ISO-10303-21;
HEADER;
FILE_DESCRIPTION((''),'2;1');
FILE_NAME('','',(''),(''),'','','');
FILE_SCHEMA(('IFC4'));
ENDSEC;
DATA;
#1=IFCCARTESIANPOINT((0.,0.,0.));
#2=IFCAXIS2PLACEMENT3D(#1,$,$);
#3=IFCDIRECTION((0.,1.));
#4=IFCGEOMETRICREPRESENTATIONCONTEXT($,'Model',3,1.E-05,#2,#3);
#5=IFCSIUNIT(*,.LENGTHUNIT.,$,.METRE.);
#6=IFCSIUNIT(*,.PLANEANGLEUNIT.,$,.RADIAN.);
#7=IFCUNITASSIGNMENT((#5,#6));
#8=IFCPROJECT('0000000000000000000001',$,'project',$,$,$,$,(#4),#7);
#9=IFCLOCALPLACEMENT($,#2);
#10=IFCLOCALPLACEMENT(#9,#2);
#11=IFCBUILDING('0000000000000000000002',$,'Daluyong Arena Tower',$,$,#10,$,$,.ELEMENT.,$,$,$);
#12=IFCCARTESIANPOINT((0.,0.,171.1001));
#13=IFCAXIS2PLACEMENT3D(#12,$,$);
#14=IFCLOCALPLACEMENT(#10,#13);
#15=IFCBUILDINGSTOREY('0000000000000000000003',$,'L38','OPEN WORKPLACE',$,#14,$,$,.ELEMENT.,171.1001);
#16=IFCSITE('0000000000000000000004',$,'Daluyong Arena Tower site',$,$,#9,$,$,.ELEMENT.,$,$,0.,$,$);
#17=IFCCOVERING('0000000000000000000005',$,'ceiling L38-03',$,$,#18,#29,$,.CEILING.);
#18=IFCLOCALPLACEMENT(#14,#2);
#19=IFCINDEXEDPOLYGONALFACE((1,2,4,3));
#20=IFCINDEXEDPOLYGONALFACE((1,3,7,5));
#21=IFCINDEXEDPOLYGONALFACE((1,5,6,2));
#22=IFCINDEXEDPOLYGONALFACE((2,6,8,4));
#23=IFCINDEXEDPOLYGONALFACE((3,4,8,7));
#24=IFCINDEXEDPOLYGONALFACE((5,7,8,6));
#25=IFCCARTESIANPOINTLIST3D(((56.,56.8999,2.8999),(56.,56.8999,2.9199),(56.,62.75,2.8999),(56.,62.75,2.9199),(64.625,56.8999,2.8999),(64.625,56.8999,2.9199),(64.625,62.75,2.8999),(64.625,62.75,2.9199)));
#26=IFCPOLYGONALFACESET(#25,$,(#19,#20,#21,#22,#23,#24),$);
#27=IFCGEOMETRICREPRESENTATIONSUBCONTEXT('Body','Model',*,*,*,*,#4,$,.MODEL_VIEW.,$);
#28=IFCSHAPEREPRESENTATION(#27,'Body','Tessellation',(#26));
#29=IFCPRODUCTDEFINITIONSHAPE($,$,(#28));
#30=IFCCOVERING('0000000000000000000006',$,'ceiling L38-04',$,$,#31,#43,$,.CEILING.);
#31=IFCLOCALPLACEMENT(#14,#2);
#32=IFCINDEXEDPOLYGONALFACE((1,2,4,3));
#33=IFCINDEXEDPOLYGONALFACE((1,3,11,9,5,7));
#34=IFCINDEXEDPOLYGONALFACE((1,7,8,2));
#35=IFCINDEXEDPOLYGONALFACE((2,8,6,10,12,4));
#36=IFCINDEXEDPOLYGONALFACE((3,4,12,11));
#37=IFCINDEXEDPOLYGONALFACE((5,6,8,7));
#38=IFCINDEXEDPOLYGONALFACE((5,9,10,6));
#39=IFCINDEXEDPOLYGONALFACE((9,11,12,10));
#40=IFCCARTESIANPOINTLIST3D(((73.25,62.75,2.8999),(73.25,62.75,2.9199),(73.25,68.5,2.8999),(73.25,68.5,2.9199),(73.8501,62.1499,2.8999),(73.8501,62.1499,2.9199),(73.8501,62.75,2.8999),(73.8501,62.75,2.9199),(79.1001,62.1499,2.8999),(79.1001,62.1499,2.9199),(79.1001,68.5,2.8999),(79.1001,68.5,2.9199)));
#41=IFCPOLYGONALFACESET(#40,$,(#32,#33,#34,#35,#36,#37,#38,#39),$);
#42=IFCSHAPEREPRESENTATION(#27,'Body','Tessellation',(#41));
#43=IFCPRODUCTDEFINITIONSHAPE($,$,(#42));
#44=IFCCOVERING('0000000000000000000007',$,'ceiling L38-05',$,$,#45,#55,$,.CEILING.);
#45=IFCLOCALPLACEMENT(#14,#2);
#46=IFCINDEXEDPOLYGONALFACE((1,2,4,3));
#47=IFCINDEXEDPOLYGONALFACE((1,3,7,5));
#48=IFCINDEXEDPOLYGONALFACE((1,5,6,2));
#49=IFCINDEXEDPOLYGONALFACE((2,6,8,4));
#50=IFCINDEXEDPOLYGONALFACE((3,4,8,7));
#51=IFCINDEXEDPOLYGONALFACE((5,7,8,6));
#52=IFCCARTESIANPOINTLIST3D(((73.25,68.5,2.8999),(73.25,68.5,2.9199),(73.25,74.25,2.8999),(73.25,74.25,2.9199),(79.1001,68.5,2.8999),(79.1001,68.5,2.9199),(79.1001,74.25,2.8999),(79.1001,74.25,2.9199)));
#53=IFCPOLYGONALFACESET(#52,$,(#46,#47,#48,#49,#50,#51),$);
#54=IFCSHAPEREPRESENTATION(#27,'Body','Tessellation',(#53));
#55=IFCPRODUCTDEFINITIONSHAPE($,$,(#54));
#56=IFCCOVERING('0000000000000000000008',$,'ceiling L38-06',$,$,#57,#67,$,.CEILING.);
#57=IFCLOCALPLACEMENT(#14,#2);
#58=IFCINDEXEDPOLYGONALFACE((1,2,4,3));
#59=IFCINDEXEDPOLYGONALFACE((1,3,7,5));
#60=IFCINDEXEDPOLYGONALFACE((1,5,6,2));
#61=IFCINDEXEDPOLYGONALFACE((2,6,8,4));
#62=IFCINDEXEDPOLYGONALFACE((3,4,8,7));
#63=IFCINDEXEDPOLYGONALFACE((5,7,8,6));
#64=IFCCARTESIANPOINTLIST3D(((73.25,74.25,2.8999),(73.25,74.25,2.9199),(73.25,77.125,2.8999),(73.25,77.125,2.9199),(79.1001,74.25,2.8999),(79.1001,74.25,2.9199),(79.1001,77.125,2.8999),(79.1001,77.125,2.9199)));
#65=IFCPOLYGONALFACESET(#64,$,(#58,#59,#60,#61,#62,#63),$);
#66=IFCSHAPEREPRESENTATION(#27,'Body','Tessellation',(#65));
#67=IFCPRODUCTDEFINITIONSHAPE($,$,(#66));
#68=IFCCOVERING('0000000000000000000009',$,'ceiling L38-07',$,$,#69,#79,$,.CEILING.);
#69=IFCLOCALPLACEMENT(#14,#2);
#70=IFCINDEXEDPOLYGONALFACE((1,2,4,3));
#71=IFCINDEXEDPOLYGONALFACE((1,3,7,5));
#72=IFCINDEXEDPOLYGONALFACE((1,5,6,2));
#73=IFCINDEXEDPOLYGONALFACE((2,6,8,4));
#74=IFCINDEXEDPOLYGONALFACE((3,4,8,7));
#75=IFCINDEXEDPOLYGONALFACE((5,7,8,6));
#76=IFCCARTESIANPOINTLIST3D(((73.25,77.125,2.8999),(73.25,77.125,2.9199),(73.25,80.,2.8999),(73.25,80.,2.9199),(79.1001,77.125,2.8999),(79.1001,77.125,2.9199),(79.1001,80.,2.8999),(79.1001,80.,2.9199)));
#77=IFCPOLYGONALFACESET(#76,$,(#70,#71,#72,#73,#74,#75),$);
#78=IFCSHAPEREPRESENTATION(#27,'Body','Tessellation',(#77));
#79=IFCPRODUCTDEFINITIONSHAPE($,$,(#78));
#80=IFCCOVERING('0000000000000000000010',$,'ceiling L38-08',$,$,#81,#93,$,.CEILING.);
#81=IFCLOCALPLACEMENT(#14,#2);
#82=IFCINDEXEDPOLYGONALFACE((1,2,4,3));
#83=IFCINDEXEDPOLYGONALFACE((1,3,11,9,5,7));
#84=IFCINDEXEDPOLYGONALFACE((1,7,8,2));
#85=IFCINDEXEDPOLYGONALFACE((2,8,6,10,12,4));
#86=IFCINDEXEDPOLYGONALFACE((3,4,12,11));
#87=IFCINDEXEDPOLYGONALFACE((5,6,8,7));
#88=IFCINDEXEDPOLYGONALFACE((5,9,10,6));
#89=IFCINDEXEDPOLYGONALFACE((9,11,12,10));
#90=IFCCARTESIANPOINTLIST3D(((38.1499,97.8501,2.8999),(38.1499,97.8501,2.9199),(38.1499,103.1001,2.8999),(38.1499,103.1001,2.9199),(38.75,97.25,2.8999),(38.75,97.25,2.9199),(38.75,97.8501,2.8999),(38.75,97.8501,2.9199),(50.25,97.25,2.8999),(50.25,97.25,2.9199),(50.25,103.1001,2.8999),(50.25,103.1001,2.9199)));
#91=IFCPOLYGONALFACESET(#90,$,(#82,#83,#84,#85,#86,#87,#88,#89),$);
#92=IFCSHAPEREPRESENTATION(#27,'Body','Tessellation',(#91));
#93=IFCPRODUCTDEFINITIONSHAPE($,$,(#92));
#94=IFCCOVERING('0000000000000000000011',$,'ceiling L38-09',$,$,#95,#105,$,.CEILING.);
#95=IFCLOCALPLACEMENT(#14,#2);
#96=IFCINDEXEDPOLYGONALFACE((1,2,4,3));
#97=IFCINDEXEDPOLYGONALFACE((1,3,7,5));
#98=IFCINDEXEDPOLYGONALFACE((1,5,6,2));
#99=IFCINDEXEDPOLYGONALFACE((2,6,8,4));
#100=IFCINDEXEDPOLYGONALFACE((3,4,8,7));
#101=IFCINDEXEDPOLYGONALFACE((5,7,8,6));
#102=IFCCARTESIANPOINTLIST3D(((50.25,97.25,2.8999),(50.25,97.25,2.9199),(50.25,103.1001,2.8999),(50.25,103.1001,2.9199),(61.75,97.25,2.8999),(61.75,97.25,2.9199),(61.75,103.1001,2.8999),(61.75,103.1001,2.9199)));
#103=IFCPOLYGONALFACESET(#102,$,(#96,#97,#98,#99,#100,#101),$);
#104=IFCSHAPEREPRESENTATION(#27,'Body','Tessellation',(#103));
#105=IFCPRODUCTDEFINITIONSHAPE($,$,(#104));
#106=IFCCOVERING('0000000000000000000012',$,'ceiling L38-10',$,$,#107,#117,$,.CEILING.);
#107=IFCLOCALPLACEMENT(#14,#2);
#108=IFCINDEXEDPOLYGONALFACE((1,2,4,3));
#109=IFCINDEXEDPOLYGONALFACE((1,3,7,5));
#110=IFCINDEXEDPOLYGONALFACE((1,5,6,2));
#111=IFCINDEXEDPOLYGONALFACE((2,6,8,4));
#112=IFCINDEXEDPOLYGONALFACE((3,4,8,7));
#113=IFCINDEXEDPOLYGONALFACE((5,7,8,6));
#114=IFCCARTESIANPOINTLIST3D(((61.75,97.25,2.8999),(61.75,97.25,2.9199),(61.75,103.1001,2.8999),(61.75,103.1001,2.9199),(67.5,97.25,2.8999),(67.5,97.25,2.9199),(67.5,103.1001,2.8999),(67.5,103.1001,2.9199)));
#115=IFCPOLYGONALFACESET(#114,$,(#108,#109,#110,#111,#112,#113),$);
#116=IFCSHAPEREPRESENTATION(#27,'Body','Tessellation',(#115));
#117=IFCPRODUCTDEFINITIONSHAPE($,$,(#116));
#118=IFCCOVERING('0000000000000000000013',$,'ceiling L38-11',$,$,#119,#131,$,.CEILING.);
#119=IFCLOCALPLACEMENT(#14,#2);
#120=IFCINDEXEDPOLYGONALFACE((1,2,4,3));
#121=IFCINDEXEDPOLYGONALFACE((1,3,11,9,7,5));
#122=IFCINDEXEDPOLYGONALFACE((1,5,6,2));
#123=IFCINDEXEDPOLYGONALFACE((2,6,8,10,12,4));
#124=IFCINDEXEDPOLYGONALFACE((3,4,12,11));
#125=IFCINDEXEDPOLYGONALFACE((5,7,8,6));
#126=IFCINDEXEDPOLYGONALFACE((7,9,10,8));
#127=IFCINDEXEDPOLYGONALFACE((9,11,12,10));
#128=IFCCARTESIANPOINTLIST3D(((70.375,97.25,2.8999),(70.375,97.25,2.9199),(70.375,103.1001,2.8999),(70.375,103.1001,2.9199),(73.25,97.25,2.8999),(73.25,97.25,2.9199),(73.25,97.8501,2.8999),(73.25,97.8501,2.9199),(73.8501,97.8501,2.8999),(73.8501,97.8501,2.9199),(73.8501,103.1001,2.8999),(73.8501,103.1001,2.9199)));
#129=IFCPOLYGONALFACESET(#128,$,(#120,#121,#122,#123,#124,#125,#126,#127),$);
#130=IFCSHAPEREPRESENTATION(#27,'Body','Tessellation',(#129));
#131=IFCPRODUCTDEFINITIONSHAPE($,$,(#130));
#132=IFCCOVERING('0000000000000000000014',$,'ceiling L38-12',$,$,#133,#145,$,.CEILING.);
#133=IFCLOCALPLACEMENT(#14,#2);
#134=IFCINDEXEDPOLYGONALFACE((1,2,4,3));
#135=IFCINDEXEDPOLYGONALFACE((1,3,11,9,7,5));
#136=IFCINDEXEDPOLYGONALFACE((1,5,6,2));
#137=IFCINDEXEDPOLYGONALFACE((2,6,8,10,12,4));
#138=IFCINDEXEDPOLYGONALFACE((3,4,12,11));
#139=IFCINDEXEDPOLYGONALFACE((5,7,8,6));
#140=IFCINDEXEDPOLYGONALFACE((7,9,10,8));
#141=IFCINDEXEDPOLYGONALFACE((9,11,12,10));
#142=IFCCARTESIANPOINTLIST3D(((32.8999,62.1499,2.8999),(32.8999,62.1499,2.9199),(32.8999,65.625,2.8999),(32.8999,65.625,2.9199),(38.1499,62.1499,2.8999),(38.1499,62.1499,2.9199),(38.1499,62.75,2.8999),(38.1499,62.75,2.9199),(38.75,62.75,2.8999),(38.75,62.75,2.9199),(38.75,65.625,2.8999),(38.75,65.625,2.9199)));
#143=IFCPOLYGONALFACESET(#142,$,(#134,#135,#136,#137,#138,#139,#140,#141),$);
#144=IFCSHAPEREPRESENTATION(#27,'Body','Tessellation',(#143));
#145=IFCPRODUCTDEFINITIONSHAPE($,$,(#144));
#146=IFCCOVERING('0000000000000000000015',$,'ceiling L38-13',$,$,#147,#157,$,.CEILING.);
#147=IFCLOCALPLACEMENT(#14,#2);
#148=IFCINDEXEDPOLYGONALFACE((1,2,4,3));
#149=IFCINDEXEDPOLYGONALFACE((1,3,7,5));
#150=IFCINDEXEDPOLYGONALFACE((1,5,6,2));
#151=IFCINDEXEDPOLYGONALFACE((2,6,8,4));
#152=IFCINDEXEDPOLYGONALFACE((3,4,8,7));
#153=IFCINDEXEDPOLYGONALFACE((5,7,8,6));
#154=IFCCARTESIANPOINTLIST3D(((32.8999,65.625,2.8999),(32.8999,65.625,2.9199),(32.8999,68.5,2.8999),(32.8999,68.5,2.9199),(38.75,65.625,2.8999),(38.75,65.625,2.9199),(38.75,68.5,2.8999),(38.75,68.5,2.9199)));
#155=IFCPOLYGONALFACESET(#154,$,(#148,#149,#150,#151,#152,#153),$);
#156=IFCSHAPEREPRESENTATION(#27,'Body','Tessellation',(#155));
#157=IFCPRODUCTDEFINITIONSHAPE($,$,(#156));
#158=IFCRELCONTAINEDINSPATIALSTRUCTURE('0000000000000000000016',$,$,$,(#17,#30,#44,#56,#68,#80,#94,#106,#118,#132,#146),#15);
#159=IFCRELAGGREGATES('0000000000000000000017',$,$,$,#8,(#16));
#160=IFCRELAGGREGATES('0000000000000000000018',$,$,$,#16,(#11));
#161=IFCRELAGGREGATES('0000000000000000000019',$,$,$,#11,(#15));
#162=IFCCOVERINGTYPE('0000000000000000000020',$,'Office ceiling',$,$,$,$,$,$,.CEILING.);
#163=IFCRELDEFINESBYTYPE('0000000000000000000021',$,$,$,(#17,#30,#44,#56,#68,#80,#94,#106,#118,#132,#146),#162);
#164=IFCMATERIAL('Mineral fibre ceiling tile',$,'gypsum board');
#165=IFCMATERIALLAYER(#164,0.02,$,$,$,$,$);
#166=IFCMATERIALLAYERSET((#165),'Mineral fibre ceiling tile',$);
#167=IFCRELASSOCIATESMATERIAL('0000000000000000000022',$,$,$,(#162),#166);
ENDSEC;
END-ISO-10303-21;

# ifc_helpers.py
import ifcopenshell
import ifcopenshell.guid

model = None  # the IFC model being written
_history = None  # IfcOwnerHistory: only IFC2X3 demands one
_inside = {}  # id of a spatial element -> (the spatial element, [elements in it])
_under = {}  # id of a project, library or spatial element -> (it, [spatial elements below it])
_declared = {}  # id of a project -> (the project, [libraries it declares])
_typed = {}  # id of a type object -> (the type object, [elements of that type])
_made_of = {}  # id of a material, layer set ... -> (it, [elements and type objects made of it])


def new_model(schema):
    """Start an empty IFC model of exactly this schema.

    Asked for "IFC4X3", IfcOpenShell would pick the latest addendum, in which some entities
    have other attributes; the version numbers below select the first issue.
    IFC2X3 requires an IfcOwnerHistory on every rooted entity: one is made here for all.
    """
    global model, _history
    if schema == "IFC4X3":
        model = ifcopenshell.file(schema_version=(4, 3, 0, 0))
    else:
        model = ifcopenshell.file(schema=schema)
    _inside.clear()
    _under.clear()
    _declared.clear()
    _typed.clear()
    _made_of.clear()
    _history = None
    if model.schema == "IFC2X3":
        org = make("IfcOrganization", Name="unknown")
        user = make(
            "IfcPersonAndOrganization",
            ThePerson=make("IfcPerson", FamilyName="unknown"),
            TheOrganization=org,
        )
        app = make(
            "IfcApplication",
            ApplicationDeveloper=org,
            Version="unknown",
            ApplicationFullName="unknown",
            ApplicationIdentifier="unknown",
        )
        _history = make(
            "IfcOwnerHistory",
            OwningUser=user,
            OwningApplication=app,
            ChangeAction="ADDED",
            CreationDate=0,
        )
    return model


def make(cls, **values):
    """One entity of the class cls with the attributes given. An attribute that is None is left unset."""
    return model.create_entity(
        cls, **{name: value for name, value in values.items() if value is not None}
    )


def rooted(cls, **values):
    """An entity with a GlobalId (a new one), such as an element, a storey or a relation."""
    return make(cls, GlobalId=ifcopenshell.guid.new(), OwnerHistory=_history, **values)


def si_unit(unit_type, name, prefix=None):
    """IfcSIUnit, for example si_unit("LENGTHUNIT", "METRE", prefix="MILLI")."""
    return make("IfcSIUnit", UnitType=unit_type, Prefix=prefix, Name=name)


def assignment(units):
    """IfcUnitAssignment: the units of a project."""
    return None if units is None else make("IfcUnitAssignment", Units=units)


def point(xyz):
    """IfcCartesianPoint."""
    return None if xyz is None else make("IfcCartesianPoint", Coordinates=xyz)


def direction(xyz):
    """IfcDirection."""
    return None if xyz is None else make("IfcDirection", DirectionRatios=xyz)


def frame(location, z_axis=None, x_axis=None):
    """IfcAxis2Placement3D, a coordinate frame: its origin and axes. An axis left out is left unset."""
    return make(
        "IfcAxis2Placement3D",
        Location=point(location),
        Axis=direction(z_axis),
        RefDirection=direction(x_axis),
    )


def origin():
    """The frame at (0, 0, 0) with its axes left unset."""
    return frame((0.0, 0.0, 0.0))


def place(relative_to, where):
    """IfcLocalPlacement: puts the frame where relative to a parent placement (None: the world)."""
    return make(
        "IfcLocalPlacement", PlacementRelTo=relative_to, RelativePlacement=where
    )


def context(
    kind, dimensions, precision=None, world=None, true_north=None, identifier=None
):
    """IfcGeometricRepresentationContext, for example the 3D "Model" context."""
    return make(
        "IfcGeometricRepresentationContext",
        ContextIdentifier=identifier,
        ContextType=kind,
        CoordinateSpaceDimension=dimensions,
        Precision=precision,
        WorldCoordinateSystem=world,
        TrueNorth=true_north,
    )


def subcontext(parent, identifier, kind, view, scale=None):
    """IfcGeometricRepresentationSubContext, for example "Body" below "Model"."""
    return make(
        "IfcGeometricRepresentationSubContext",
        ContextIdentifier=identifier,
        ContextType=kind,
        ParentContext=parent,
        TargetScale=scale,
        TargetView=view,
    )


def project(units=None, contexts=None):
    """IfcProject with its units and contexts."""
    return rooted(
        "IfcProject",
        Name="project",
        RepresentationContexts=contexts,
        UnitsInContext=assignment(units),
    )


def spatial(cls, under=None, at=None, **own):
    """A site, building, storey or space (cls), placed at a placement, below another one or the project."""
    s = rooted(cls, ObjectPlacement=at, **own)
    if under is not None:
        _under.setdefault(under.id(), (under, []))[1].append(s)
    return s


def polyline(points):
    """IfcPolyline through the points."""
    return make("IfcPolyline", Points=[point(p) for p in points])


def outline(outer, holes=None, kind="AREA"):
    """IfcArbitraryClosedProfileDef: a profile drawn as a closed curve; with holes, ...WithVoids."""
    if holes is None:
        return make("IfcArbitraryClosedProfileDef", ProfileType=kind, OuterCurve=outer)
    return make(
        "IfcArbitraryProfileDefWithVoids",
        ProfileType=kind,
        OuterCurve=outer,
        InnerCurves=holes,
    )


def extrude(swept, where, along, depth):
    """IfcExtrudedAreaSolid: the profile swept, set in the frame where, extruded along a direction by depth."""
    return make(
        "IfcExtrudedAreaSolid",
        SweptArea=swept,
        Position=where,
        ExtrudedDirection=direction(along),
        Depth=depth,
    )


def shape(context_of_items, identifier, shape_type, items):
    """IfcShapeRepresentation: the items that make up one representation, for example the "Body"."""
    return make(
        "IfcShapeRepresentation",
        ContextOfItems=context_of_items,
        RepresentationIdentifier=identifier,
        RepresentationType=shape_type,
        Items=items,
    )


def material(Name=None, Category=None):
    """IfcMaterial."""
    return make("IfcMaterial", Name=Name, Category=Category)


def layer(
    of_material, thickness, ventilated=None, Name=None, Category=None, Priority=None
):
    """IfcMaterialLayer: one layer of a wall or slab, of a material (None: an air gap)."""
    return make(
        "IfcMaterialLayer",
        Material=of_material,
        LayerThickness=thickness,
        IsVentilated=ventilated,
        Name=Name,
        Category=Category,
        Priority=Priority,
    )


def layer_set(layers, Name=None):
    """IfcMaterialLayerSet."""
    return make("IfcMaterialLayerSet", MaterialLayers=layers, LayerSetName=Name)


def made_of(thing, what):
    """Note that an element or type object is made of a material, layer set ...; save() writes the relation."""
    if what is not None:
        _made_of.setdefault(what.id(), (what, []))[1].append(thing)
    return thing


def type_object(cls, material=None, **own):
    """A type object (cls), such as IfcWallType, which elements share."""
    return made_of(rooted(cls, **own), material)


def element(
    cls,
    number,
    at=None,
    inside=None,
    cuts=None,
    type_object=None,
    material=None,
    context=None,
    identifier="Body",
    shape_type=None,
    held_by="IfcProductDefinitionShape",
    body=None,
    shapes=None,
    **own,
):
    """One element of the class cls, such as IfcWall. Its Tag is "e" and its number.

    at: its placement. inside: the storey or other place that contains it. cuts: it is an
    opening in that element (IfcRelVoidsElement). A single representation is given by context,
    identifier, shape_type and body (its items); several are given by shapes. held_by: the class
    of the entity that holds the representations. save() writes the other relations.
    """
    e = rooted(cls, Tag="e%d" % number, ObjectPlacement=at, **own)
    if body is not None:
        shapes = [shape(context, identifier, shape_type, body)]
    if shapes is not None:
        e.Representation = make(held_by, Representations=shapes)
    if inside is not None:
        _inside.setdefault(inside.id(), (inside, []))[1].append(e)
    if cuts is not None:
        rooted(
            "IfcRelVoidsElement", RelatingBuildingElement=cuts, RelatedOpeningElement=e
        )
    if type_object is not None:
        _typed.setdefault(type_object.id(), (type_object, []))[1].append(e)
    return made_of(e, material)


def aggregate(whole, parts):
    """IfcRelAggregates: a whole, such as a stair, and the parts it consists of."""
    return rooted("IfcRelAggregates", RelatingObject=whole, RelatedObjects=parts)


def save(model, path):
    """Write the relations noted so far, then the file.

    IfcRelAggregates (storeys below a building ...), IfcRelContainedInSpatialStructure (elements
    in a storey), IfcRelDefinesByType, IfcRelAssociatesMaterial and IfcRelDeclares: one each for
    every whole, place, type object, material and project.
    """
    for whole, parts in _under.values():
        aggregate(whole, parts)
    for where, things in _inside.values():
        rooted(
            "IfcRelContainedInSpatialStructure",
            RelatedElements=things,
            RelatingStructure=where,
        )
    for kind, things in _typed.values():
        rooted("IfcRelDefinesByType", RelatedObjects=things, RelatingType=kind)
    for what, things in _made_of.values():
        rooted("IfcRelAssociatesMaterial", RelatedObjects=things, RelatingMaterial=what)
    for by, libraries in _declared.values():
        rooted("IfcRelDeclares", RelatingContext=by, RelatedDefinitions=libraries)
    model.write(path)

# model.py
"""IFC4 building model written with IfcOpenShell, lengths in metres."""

from ifc_helpers import new_model, si_unit, direction, frame, origin, place, context, subcontext, project, spatial, polyline, outline, extrude, material, layer, layer_set, type_object, element, save


model = new_model("IFC4")

# Units and contexts
model_context = context("Model", 3, precision=1e-05, world=origin(), true_north=direction((0.0, 1.0)))
body_context = subcontext(model_context, "Body", "Model", "MODEL_VIEW")
ifc_project = project(units=[si_unit("LENGTHUNIT", "METRE"), si_unit("PLANEANGLEUNIT", "RADIAN")], contexts=[model_context])

# Site, building, storey
site_placement = place(None, origin())
site = spatial("IfcSite", under=ifc_project, at=site_placement, Name="Daluyong Arena Tower site", CompositionType="ELEMENT", RefElevation=0.0)
building_placement = place(site_placement, origin())
building = spatial("IfcBuilding", under=site, at=building_placement, Name="Daluyong Arena Tower", CompositionType="ELEMENT")
storey_placement = place(building_placement, frame((0.0, 0.0, 171.1001)))
storey = spatial("IfcBuildingStorey", under=building, at=storey_placement, Name="L38", Description="OPEN WORKPLACE", CompositionType="ELEMENT", Elevation=171.1001)

# Coverings
ifc_material_1 = material(Name="Mineral fibre ceiling tile", Category="gypsum board")
ifc_layer_1 = layer(ifc_material_1, 0.02)
ifc_layer_set_1 = layer_set([ifc_layer_1], Name="Mineral fibre ceiling tile")
covering_type = type_object("IfcCoveringType", Name="Office ceiling", PredefinedType="CEILING", material=ifc_layer_set_1)
covering_1_placement = place(storey_placement, frame((0.0, 0.0, 2.8999)))
element("IfcCovering", 1, at=covering_1_placement, inside=storey, type_object=covering_type, Name="ceiling L38-03", PredefinedType="CEILING", context=body_context, shape_type="SweptSolid", body=[
    extrude(outline(polyline([(56.0, 62.75), (56.0, 56.8999), (64.625, 56.8999), (64.625, 62.75), (56.0, 62.75)])), origin(), (0.0, 0.0, 1.0), 0.02),
])
covering_2_placement = place(storey_placement, frame((0.0, 0.0, 2.8999)))
element("IfcCovering", 2, at=covering_2_placement, inside=storey, type_object=covering_type, Name="ceiling L38-04", PredefinedType="CEILING", context=body_context, shape_type="SweptSolid", body=[
    extrude(outline(polyline([(73.8501, 62.1499), (79.1001, 62.1499), (79.1001, 68.5), (73.25, 68.5), (73.25, 62.75), (73.8501, 62.75), (73.8501, 62.1499)])), origin(), (0.0, 0.0, 1.0), 0.02),
])
covering_3_placement = place(storey_placement, frame((0.0, 0.0, 2.8999)))
element("IfcCovering", 3, at=covering_3_placement, inside=storey, type_object=covering_type, Name="ceiling L38-05", PredefinedType="CEILING", context=body_context, shape_type="SweptSolid", body=[
    extrude(outline(polyline([(73.25, 68.5), (79.1001, 68.5), (79.1001, 74.25), (73.25, 74.25), (73.25, 68.5)])), origin(), (0.0, 0.0, 1.0), 0.02),
])
covering_4_placement = place(storey_placement, frame((0.0, 0.0, 2.8999)))
element("IfcCovering", 4, at=covering_4_placement, inside=storey, type_object=covering_type, Name="ceiling L38-06", PredefinedType="CEILING", context=body_context, shape_type="SweptSolid", body=[
    extrude(outline(polyline([(73.25, 74.25), (79.1001, 74.25), (79.1001, 77.125), (73.25, 77.125), (73.25, 74.25)])), origin(), (0.0, 0.0, 1.0), 0.02),
])
covering_5_placement = place(storey_placement, frame((0.0, 0.0, 2.8999)))
element("IfcCovering", 5, at=covering_5_placement, inside=storey, type_object=covering_type, Name="ceiling L38-07", PredefinedType="CEILING", context=body_context, shape_type="SweptSolid", body=[
    extrude(outline(polyline([(73.25, 77.125), (79.1001, 77.125), (79.1001, 80.0), (73.25, 80.0), (73.25, 77.125)])), origin(), (0.0, 0.0, 1.0), 0.02),
])
covering_6_placement = place(storey_placement, frame((0.0, 0.0, 2.8999)))
element("IfcCovering", 6, at=covering_6_placement, inside=storey, type_object=covering_type, Name="ceiling L38-08", PredefinedType="CEILING", context=body_context, shape_type="SweptSolid", body=[
    extrude(outline(polyline([(50.25, 97.25), (50.25, 103.1001), (38.1499, 103.1001), (38.1499, 97.8501), (38.75, 97.8501), (38.75, 97.25), (50.25, 97.25)])), origin(), (0.0, 0.0, 1.0), 0.02),
])
covering_7_placement = place(storey_placement, frame((0.0, 0.0, 2.8999)))
element("IfcCovering", 7, at=covering_7_placement, inside=storey, type_object=covering_type, Name="ceiling L38-09", PredefinedType="CEILING", context=body_context, shape_type="SweptSolid", body=[
    extrude(outline(polyline([(61.75, 97.25), (61.75, 103.1001), (50.25, 103.1001), (50.25, 97.25), (61.75, 97.25)])), origin(), (0.0, 0.0, 1.0), 0.02),
])
covering_8_placement = place(storey_placement, frame((0.0, 0.0, 2.8999)))
element("IfcCovering", 8, at=covering_8_placement, inside=storey, type_object=covering_type, Name="ceiling L38-10", PredefinedType="CEILING", context=body_context, shape_type="SweptSolid", body=[
    extrude(outline(polyline([(67.5, 97.25), (67.5, 103.1001), (61.75, 103.1001), (61.75, 97.25), (67.5, 97.25)])), origin(), (0.0, 0.0, 1.0), 0.02),
])
covering_9_placement = place(storey_placement, frame((0.0, 0.0, 2.8999)))
element("IfcCovering", 9, at=covering_9_placement, inside=storey, type_object=covering_type, Name="ceiling L38-11", PredefinedType="CEILING", context=body_context, shape_type="SweptSolid", body=[
    extrude(outline(polyline([(70.375, 97.25), (73.25, 97.25), (73.25, 97.8501), (73.8501, 97.8501), (73.8501, 103.1001), (70.375, 103.1001), (70.375, 97.25)])), origin(), (0.0, 0.0, 1.0), 0.02),
])
covering_10_placement = place(storey_placement, frame((0.0, 0.0, 2.8999)))
element("IfcCovering", 10, at=covering_10_placement, inside=storey, type_object=covering_type, Name="ceiling L38-12", PredefinedType="CEILING", context=body_context, shape_type="SweptSolid", body=[
    extrude(outline(polyline([(32.8999, 62.1499), (38.1499, 62.1499), (38.1499, 62.75), (38.75, 62.75), (38.75, 65.625), (32.8999, 65.625), (32.8999, 62.1499)])), origin(), (0.0, 0.0, 1.0), 0.02),
])
covering_11_placement = place(storey_placement, frame((0.0, 0.0, 2.8999)))
element("IfcCovering", 11, at=covering_11_placement, inside=storey, type_object=covering_type, Name="ceiling L38-13", PredefinedType="CEILING", context=body_context, shape_type="SweptSolid", body=[
    extrude(outline(polyline([(38.75, 68.5), (32.8999, 68.5), (32.8999, 65.625), (38.75, 65.625), (38.75, 68.5)])), origin(), (0.0, 0.0, 1.0), 0.02),
])

save(model, "model.ifc")
